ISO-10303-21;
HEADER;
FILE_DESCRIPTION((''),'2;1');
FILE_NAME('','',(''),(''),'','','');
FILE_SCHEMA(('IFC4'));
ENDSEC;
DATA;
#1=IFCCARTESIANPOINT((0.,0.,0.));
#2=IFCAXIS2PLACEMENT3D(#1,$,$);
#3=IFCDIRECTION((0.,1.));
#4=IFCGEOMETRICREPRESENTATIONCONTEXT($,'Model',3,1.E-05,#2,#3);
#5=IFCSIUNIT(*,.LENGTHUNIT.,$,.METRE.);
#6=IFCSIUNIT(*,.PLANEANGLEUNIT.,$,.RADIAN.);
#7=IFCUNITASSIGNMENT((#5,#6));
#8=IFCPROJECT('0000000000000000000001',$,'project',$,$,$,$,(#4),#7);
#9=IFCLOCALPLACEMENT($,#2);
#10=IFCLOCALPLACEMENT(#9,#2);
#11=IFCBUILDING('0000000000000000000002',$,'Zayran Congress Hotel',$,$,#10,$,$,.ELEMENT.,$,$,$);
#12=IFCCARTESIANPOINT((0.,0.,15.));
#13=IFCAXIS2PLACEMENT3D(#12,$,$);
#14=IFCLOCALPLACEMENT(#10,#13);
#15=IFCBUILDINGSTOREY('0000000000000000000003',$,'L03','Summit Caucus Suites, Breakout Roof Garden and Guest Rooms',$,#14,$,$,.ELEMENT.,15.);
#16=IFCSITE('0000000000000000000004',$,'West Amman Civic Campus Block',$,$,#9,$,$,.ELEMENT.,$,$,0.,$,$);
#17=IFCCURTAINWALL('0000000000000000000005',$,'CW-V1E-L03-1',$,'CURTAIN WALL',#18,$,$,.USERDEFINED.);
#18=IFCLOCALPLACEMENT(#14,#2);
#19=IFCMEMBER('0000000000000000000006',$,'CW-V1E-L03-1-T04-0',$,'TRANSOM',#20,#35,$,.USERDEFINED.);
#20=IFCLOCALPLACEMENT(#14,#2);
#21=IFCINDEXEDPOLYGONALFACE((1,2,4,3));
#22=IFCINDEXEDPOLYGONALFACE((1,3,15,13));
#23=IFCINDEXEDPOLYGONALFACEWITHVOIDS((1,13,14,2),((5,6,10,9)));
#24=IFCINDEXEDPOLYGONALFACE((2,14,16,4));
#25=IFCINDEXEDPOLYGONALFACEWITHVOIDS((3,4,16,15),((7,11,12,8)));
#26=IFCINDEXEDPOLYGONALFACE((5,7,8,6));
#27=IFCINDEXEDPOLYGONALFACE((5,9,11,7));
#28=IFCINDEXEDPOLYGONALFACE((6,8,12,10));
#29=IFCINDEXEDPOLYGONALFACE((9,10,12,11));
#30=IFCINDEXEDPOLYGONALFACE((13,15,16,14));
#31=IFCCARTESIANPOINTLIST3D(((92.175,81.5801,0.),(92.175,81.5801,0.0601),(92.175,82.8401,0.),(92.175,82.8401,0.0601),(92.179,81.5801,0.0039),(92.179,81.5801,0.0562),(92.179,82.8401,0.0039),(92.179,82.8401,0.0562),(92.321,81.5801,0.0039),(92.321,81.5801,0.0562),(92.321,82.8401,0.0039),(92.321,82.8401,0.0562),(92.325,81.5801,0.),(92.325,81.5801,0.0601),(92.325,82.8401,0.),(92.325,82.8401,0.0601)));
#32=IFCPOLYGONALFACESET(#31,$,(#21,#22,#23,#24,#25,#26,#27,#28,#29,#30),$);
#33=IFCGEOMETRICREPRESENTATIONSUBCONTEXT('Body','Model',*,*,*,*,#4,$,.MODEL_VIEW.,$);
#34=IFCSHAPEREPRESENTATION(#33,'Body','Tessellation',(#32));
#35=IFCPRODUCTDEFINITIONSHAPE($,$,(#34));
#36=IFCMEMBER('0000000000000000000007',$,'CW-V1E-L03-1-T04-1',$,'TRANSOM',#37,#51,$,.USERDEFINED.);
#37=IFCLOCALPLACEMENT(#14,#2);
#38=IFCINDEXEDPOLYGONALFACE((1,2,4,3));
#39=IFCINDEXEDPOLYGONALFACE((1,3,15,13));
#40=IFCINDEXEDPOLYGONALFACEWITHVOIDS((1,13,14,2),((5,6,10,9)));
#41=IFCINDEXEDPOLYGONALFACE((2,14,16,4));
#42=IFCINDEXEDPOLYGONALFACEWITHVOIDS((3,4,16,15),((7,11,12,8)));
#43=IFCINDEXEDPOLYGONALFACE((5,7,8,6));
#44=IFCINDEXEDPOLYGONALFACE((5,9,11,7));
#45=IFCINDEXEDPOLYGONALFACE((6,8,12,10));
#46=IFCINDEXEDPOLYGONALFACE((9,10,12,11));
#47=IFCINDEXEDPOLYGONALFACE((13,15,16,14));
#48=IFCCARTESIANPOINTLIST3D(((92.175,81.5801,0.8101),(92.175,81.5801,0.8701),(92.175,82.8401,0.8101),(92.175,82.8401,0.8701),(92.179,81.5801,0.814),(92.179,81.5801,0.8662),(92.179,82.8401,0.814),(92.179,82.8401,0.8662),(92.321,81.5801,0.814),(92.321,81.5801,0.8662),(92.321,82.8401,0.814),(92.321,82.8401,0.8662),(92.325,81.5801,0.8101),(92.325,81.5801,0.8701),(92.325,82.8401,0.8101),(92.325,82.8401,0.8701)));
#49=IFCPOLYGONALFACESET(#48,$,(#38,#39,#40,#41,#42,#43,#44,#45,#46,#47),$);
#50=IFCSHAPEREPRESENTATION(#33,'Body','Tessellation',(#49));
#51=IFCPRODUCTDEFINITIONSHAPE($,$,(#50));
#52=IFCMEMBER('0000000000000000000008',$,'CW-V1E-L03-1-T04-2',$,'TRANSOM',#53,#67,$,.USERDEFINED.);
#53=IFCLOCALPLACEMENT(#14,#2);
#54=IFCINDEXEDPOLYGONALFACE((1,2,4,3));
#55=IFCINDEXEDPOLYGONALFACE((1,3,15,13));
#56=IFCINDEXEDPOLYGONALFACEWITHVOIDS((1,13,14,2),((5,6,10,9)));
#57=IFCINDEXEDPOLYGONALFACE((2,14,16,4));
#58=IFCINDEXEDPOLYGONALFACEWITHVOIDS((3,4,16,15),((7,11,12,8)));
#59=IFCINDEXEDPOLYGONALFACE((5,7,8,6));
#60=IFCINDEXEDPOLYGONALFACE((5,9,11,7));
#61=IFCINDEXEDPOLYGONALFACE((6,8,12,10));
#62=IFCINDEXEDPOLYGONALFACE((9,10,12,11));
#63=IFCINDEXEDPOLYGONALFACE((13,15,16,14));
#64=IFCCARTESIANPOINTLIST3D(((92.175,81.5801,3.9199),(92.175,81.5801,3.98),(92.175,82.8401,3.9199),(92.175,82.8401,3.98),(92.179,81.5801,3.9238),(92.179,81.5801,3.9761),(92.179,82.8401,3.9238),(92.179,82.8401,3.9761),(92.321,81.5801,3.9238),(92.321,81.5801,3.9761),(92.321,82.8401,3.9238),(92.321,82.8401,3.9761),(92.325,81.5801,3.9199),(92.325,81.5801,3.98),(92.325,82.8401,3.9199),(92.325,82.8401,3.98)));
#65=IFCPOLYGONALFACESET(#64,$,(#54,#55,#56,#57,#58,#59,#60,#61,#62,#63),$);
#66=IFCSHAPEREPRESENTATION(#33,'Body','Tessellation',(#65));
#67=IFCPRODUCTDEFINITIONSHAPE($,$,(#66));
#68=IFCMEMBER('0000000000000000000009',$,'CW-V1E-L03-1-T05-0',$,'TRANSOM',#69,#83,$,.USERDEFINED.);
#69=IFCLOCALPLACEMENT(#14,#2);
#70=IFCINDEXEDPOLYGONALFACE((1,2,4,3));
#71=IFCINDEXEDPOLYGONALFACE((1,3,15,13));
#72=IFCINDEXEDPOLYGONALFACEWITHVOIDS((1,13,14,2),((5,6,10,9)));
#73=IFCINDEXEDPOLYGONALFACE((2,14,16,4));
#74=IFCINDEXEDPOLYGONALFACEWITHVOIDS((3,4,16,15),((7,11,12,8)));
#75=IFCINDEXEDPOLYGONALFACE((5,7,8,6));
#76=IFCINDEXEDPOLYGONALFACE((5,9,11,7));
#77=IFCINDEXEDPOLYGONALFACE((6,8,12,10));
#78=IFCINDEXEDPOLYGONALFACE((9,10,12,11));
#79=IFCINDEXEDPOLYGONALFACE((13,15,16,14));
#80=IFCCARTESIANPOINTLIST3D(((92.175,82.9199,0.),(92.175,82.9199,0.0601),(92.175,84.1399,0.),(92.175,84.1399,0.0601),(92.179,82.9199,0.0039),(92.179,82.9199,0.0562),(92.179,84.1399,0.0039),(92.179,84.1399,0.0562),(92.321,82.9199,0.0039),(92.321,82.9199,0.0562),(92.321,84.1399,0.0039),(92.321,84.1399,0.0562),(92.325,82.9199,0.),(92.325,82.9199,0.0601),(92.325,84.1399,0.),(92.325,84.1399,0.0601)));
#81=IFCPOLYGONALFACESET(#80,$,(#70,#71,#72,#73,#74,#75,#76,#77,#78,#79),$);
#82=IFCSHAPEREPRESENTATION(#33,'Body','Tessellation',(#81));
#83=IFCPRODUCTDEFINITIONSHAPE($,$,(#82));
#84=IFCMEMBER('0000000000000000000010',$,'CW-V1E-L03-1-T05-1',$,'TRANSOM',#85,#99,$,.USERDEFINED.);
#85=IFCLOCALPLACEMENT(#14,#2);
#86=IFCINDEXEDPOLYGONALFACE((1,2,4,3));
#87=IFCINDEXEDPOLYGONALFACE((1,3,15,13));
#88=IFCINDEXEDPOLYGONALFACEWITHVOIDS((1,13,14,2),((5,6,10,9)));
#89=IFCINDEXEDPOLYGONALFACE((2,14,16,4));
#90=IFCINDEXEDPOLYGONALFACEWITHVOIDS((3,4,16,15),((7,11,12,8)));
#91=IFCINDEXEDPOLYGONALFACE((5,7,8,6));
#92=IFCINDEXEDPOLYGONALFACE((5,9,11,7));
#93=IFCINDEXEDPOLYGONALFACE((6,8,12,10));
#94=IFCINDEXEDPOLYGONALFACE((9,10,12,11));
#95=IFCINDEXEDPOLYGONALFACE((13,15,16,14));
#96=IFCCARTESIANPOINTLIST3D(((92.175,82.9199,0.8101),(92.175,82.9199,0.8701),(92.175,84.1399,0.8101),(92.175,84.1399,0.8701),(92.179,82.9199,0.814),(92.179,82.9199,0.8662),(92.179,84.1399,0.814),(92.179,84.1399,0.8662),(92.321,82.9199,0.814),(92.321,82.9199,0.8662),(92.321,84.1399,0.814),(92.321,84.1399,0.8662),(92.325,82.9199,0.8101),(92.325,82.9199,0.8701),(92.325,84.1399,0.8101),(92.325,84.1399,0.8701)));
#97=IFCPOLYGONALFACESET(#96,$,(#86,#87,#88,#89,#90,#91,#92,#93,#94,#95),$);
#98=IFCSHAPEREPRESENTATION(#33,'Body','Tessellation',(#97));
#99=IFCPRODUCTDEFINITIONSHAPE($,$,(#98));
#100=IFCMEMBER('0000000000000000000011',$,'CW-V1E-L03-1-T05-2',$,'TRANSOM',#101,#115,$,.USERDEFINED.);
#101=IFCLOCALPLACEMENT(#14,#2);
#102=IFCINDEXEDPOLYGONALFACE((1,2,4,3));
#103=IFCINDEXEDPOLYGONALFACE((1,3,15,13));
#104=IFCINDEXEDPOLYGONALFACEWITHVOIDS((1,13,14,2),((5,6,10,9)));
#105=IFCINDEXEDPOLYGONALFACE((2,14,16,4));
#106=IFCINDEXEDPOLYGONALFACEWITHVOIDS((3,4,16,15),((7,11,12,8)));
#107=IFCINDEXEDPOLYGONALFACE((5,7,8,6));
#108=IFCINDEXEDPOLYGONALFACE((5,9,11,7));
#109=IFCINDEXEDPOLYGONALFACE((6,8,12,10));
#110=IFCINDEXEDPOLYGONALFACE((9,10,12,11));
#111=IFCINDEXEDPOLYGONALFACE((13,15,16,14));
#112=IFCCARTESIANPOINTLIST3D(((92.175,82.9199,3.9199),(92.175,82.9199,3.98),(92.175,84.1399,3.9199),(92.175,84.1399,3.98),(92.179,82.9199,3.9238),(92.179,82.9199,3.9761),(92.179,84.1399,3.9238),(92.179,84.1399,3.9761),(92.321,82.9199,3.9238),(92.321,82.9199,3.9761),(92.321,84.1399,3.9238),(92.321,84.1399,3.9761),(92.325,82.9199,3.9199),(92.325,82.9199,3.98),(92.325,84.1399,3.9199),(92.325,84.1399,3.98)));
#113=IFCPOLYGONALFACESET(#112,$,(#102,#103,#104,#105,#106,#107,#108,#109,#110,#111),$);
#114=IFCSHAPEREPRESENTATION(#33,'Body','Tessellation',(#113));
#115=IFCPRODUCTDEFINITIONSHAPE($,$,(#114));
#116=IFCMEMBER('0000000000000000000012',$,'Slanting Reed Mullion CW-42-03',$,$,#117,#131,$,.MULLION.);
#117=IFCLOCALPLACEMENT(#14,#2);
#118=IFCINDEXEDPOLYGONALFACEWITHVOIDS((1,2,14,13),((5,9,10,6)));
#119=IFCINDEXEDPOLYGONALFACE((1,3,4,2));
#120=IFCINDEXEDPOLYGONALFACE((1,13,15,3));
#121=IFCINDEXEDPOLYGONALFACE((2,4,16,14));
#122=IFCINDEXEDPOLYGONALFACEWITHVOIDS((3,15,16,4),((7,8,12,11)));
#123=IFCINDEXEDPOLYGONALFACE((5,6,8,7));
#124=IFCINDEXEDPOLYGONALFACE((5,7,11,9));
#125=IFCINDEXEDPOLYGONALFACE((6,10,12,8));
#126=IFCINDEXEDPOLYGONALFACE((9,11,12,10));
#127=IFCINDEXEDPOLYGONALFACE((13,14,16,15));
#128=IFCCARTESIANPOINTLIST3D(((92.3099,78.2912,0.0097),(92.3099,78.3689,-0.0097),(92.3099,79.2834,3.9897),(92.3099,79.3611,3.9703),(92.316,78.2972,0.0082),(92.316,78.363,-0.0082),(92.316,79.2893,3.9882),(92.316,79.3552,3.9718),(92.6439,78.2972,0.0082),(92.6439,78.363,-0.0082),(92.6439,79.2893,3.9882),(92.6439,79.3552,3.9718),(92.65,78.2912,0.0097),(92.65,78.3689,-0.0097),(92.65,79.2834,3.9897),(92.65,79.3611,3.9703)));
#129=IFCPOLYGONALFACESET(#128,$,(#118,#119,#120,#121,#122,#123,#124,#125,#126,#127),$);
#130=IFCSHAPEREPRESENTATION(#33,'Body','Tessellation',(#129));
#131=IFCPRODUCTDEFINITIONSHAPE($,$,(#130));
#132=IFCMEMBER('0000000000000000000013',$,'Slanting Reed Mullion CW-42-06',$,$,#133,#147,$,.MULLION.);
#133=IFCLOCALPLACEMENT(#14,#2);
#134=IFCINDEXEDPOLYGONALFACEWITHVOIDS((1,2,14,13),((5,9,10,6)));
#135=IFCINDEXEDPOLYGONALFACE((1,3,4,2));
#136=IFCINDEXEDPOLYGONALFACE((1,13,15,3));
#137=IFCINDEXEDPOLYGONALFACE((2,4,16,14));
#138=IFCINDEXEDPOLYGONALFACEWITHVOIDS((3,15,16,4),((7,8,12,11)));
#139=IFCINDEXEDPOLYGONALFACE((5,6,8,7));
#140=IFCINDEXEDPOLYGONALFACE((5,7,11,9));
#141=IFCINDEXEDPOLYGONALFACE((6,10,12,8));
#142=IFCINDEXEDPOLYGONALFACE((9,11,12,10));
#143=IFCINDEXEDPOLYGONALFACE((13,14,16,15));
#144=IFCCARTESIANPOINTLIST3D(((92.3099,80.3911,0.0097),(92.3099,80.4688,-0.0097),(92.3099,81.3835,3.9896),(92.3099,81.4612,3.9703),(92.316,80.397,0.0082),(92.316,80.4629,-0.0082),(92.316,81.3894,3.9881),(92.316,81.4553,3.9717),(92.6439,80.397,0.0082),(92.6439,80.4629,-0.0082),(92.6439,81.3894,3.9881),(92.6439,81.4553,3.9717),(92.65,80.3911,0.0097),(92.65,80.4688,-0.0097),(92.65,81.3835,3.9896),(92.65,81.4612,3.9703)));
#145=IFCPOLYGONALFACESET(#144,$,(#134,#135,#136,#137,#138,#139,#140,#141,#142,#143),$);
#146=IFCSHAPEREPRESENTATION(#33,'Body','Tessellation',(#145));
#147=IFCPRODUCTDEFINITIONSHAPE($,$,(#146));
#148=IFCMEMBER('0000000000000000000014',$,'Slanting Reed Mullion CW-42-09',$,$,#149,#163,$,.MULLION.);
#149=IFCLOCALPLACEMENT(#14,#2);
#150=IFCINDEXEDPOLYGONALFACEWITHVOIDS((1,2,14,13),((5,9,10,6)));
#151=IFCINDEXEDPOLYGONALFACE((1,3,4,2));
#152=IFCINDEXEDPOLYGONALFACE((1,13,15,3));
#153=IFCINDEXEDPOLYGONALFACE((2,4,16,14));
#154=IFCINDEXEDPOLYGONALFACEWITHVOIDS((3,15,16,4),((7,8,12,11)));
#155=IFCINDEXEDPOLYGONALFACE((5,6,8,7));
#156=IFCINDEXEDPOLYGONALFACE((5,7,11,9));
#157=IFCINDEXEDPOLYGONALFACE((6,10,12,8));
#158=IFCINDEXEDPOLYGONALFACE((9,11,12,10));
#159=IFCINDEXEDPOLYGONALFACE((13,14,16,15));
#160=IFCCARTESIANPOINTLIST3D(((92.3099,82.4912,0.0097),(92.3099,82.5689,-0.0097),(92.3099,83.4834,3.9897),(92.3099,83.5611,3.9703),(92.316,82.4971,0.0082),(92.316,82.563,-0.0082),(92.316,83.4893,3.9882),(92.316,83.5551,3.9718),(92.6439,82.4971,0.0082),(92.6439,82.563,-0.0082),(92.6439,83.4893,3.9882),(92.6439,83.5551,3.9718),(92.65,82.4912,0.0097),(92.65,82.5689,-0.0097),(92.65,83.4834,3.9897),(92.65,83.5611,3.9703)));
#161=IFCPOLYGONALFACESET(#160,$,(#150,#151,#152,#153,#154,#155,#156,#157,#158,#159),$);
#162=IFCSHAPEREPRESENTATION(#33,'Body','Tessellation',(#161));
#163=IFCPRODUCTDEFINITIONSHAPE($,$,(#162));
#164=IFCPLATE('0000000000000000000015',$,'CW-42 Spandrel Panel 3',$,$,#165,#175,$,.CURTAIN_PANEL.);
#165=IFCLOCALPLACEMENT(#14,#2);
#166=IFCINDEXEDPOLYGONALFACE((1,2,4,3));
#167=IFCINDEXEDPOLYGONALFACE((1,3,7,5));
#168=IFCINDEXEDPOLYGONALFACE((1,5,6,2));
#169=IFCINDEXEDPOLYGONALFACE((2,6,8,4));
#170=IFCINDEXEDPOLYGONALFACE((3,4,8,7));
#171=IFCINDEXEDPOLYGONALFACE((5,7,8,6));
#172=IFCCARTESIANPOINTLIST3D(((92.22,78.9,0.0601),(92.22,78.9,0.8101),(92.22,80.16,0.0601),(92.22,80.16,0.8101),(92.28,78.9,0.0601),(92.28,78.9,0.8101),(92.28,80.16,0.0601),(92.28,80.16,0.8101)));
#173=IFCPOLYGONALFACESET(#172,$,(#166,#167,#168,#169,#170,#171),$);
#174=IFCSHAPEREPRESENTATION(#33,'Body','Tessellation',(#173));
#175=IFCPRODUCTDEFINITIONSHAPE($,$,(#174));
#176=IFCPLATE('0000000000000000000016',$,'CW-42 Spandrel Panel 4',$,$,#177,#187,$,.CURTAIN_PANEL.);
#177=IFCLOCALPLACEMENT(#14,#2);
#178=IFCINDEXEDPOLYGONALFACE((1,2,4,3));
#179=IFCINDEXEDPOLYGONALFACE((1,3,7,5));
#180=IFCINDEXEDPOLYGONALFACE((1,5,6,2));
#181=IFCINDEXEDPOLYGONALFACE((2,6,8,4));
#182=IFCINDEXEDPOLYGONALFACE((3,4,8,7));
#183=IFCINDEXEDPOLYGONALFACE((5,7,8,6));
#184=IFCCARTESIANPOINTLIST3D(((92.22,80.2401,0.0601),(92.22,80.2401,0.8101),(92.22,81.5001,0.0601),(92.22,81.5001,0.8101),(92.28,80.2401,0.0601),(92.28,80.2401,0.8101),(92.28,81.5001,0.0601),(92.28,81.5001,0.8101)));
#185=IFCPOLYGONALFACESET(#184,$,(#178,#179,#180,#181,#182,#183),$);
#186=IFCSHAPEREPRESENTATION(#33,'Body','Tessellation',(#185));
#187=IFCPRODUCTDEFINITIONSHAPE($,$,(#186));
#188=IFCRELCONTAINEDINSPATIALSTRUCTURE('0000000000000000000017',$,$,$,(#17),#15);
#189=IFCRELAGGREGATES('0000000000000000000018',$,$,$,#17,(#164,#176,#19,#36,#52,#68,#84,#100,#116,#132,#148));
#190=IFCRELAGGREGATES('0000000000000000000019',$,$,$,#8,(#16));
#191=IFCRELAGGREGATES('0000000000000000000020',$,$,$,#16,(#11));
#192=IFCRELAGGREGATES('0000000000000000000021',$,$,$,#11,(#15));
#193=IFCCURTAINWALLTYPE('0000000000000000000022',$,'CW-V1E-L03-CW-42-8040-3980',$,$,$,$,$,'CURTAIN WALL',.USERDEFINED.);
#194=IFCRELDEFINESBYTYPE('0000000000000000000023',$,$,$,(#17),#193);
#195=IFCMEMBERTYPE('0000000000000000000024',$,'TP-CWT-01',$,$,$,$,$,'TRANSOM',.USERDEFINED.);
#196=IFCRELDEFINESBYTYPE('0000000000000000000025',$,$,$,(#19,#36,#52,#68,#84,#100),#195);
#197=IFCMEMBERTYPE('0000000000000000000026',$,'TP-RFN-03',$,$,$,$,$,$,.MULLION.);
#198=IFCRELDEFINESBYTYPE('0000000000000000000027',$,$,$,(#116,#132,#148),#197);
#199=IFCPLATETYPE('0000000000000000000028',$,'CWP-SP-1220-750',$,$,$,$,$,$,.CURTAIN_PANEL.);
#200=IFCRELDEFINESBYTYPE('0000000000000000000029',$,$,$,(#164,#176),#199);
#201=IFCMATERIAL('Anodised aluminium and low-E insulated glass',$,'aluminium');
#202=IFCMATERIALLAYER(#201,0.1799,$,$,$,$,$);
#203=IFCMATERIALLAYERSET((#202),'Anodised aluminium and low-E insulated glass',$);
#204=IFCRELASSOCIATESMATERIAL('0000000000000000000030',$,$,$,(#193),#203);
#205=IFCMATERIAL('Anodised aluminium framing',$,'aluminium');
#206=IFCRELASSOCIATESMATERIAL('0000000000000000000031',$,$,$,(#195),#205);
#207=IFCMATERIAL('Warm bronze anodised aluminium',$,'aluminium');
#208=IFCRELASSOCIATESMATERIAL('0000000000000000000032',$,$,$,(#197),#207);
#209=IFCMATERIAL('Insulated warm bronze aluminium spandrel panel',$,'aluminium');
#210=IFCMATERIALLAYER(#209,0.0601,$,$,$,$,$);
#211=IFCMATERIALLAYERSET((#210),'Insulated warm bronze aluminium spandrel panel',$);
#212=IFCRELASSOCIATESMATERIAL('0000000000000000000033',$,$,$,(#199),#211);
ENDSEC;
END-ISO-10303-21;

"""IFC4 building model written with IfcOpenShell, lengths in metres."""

from ifc_helpers import new_model, si_unit, direction, frame, origin, origin_2d, place, context, subcontext, project, spatial, rectangle, hollow_rectangle, extrude, material, layer, layer_set, material_profile, profile_set, type_object, element, aggregate, save


model = new_model("IFC4")

# Units and contexts
model_context = context("Model", 3, precision=1e-05, world=origin(), true_north=direction((0.0, 1.0)))
body_context = subcontext(model_context, "Body", "Model", "MODEL_VIEW")
ifc_project = project(units=[si_unit("LENGTHUNIT", "METRE"), si_unit("PLANEANGLEUNIT", "RADIAN")], contexts=[model_context])

# Site, building, storey
site_placement = place(None, origin())
site = spatial("IfcSite", under=ifc_project, at=site_placement, Name="West Amman Civic Campus Block", CompositionType="ELEMENT", RefElevation=0.0)
building_placement = place(site_placement, origin())
building = spatial("IfcBuilding", under=site, at=building_placement, Name="Zayran Congress Hotel", CompositionType="ELEMENT")
storey_placement = place(building_placement, frame((0.0, 0.0, 15.0)))
storey = spatial("IfcBuildingStorey", under=building, at=storey_placement, Name="L03", Description="Summit Caucus Suites, Breakout Roof Garden and Guest Rooms", CompositionType="ELEMENT", Elevation=15.0)

# Curtain wall, members, plates
ifc_material_1 = material(Name="Anodised aluminium and low-E insulated glass", Category="aluminium")
ifc_layer_1 = layer(ifc_material_1, 0.1799)
ifc_layer_set_1 = layer_set([ifc_layer_1], Name="Anodised aluminium and low-E insulated glass")
curtain_wall_type = type_object("IfcCurtainWallType", Name="CW-V1E-L03-CW-42-8040-3980", ElementType="CURTAIN WALL", PredefinedType="USERDEFINED", material=ifc_layer_set_1)
curtain_wall_placement = place(storey_placement, origin())
curtain_wall = element("IfcCurtainWall", 1, at=curtain_wall_placement, inside=storey, type_object=curtain_wall_type, Name="CW-V1E-L03-1", ObjectType="CURTAIN WALL", PredefinedType="USERDEFINED")
ifc_material_2 = material(Name="Anodised aluminium framing", Category="aluminium")
ifc_material_profile_1 = material_profile(ifc_material_2, hollow_rectangle(XDim=0.0601, YDim=0.1499, WallThickness=0.0039, at=origin_2d()), Name="RHS 150x60x4")
ifc_profile_set_1 = profile_set([ifc_material_profile_1], Name="Anodised aluminium framing")
member_type_1 = type_object("IfcMemberType", Name="TP-CWT-01", ElementType="TRANSOM", PredefinedType="USERDEFINED", material=ifc_profile_set_1)
member_1_placement = place(storey_placement, frame((92.25, 81.5801, 0.03), z_axis=(0.0, 1.0, 0.0), x_axis=(0.0, 0.0, 1.0)))
member_1 = element("IfcMember", 2, at=member_1_placement, type_object=member_type_1, Name="CW-V1E-L03-1-T04-0", ObjectType="TRANSOM", PredefinedType="USERDEFINED", context=body_context, shape_type="SweptSolid", body=[
    extrude(hollow_rectangle(XDim=0.0601, YDim=0.1499, WallThickness=0.0039, at=origin_2d()), origin(), (0.0, 0.0, 1.0), 1.26),
])
member_2_placement = place(storey_placement, frame((92.25, 81.5801, 0.8401), z_axis=(0.0, 1.0, 0.0), x_axis=(0.0, 0.0, 1.0)))
member_2 = element("IfcMember", 3, at=member_2_placement, type_object=member_type_1, Name="CW-V1E-L03-1-T04-1", ObjectType="TRANSOM", PredefinedType="USERDEFINED", context=body_context, shape_type="SweptSolid", body=[
    extrude(hollow_rectangle(XDim=0.0601, YDim=0.1499, WallThickness=0.0039, at=origin_2d()), origin(), (0.0, 0.0, 1.0), 1.26),
])
member_3_placement = place(storey_placement, frame((92.25, 81.5801, 3.95), z_axis=(0.0, 1.0, 0.0), x_axis=(0.0, 0.0, 1.0)))
member_3 = element("IfcMember", 4, at=member_3_placement, type_object=member_type_1, Name="CW-V1E-L03-1-T04-2", ObjectType="TRANSOM", PredefinedType="USERDEFINED", context=body_context, shape_type="SweptSolid", body=[
    extrude(hollow_rectangle(XDim=0.0601, YDim=0.1499, WallThickness=0.0039, at=origin_2d()), origin(), (0.0, 0.0, 1.0), 1.26),
])
member_4_placement = place(storey_placement, frame((92.25, 82.9199, 0.03), z_axis=(0.0, 1.0, 0.0), x_axis=(0.0, 0.0, 1.0)))
member_4 = element("IfcMember", 5, at=member_4_placement, type_object=member_type_1, Name="CW-V1E-L03-1-T05-0", ObjectType="TRANSOM", PredefinedType="USERDEFINED", context=body_context, shape_type="SweptSolid", body=[
    extrude(hollow_rectangle(XDim=0.0601, YDim=0.1499, WallThickness=0.0039, at=origin_2d()), origin(), (0.0, 0.0, 1.0), 1.22),
])
member_5_placement = place(storey_placement, frame((92.25, 82.9199, 0.8401), z_axis=(0.0, 1.0, 0.0), x_axis=(0.0, 0.0, 1.0)))
member_5 = element("IfcMember", 6, at=member_5_placement, type_object=member_type_1, Name="CW-V1E-L03-1-T05-1", ObjectType="TRANSOM", PredefinedType="USERDEFINED", context=body_context, shape_type="SweptSolid", body=[
    extrude(hollow_rectangle(XDim=0.0601, YDim=0.1499, WallThickness=0.0039, at=origin_2d()), origin(), (0.0, 0.0, 1.0), 1.22),
])
member_6_placement = place(storey_placement, frame((92.25, 82.9199, 3.95), z_axis=(0.0, 1.0, 0.0), x_axis=(0.0, 0.0, 1.0)))
member_6 = element("IfcMember", 7, at=member_6_placement, type_object=member_type_1, Name="CW-V1E-L03-1-T05-2", ObjectType="TRANSOM", PredefinedType="USERDEFINED", context=body_context, shape_type="SweptSolid", body=[
    extrude(hollow_rectangle(XDim=0.0601, YDim=0.1499, WallThickness=0.0039, at=origin_2d()), origin(), (0.0, 0.0, 1.0), 1.22),
])
ifc_material_3 = material(Name="Warm bronze anodised aluminium", Category="aluminium")
ifc_material_profile_2 = material_profile(ifc_material_3, hollow_rectangle(XDim=0.0801, YDim=0.3401, WallThickness=0.0061, at=origin_2d()), Name="RHS 340x80x6")
ifc_profile_set_2 = profile_set([ifc_material_profile_2], Name="Warm bronze anodised aluminium")
member_type_2 = type_object("IfcMemberType", Name="TP-RFN-03", PredefinedType="MULLION", material=ifc_profile_set_2)
member_7_placement = place(storey_placement, frame((92.48, 78.3301, 0.0), z_axis=(0.0, 0.241891, 0.970303), x_axis=(0.0, -0.970303, 0.241891)))
member_7 = element("IfcMember", 8, at=member_7_placement, type_object=member_type_2, Name="Slanting Reed Mullion CW-42-03", PredefinedType="MULLION", context=body_context, shape_type="SweptSolid", body=[
    extrude(hollow_rectangle(XDim=0.0801, YDim=0.3401, WallThickness=0.0061, at=origin_2d()), origin(), (0.0, 0.0, 1.0), 4.1018),
])
member_8_placement = place(storey_placement, frame((92.48, 80.4299, 0.0), z_axis=(0.0, 0.241947, 0.970289), x_axis=(0.0, -0.970289, 0.241947)))
member_8 = element("IfcMember", 9, at=member_8_placement, type_object=member_type_2, Name="Slanting Reed Mullion CW-42-06", PredefinedType="MULLION", context=body_context, shape_type="SweptSolid", body=[
    extrude(hollow_rectangle(XDim=0.0801, YDim=0.3401, WallThickness=0.0061, at=origin_2d()), origin(), (0.0, 0.0, 1.0), 4.1018),
])
member_9_placement = place(storey_placement, frame((92.48, 82.53, 0.0), z_axis=(0.0, 0.241891, 0.970303), x_axis=(0.0, -0.970303, 0.241891)))
member_9 = element("IfcMember", 10, at=member_9_placement, type_object=member_type_2, Name="Slanting Reed Mullion CW-42-09", PredefinedType="MULLION", context=body_context, shape_type="SweptSolid", body=[
    extrude(hollow_rectangle(XDim=0.0801, YDim=0.3401, WallThickness=0.0061, at=origin_2d()), origin(), (0.0, 0.0, 1.0), 4.1018),
])
ifc_material_4 = material(Name="Insulated warm bronze aluminium spandrel panel", Category="aluminium")
ifc_layer_2 = layer(ifc_material_4, 0.0601)
ifc_layer_set_2 = layer_set([ifc_layer_2], Name="Insulated warm bronze aluminium spandrel panel")
plate_type_1 = type_object("IfcPlateType", Name="CWP-SP-1220-750", PredefinedType="CURTAIN_PANEL", material=ifc_layer_set_2)
plate_1_placement = place(storey_placement, frame((92.25, 79.53, 0.0601), z_axis=(0.0, 0.0, 1.0), x_axis=(0.0, 1.0, 0.0)))
plate_1 = element("IfcPlate", 11, at=plate_1_placement, type_object=plate_type_1, Name="CW-42 Spandrel Panel 3", PredefinedType="CURTAIN_PANEL", context=body_context, shape_type="SweptSolid", body=[
    extrude(rectangle(XDim=1.26, YDim=0.0601, at=origin_2d()), origin(), (0.0, 0.0, 1.0), 0.75),
])
plate_2_placement = place(storey_placement, frame((92.25, 80.8701, 0.0601), z_axis=(0.0, 0.0, 1.0), x_axis=(0.0, 1.0, 0.0)))
plate_2 = element("IfcPlate", 12, at=plate_2_placement, type_object=plate_type_1, Name="CW-42 Spandrel Panel 4", PredefinedType="CURTAIN_PANEL", context=body_context, shape_type="SweptSolid", body=[
    extrude(rectangle(XDim=1.26, YDim=0.0601, at=origin_2d()), origin(), (0.0, 0.0, 1.0), 0.75),
])
aggregate(curtain_wall, [plate_1, plate_2, member_1, member_2, member_3, member_4, member_5, member_6, member_7, member_8, member_9])

save(model, "model.ifc")
